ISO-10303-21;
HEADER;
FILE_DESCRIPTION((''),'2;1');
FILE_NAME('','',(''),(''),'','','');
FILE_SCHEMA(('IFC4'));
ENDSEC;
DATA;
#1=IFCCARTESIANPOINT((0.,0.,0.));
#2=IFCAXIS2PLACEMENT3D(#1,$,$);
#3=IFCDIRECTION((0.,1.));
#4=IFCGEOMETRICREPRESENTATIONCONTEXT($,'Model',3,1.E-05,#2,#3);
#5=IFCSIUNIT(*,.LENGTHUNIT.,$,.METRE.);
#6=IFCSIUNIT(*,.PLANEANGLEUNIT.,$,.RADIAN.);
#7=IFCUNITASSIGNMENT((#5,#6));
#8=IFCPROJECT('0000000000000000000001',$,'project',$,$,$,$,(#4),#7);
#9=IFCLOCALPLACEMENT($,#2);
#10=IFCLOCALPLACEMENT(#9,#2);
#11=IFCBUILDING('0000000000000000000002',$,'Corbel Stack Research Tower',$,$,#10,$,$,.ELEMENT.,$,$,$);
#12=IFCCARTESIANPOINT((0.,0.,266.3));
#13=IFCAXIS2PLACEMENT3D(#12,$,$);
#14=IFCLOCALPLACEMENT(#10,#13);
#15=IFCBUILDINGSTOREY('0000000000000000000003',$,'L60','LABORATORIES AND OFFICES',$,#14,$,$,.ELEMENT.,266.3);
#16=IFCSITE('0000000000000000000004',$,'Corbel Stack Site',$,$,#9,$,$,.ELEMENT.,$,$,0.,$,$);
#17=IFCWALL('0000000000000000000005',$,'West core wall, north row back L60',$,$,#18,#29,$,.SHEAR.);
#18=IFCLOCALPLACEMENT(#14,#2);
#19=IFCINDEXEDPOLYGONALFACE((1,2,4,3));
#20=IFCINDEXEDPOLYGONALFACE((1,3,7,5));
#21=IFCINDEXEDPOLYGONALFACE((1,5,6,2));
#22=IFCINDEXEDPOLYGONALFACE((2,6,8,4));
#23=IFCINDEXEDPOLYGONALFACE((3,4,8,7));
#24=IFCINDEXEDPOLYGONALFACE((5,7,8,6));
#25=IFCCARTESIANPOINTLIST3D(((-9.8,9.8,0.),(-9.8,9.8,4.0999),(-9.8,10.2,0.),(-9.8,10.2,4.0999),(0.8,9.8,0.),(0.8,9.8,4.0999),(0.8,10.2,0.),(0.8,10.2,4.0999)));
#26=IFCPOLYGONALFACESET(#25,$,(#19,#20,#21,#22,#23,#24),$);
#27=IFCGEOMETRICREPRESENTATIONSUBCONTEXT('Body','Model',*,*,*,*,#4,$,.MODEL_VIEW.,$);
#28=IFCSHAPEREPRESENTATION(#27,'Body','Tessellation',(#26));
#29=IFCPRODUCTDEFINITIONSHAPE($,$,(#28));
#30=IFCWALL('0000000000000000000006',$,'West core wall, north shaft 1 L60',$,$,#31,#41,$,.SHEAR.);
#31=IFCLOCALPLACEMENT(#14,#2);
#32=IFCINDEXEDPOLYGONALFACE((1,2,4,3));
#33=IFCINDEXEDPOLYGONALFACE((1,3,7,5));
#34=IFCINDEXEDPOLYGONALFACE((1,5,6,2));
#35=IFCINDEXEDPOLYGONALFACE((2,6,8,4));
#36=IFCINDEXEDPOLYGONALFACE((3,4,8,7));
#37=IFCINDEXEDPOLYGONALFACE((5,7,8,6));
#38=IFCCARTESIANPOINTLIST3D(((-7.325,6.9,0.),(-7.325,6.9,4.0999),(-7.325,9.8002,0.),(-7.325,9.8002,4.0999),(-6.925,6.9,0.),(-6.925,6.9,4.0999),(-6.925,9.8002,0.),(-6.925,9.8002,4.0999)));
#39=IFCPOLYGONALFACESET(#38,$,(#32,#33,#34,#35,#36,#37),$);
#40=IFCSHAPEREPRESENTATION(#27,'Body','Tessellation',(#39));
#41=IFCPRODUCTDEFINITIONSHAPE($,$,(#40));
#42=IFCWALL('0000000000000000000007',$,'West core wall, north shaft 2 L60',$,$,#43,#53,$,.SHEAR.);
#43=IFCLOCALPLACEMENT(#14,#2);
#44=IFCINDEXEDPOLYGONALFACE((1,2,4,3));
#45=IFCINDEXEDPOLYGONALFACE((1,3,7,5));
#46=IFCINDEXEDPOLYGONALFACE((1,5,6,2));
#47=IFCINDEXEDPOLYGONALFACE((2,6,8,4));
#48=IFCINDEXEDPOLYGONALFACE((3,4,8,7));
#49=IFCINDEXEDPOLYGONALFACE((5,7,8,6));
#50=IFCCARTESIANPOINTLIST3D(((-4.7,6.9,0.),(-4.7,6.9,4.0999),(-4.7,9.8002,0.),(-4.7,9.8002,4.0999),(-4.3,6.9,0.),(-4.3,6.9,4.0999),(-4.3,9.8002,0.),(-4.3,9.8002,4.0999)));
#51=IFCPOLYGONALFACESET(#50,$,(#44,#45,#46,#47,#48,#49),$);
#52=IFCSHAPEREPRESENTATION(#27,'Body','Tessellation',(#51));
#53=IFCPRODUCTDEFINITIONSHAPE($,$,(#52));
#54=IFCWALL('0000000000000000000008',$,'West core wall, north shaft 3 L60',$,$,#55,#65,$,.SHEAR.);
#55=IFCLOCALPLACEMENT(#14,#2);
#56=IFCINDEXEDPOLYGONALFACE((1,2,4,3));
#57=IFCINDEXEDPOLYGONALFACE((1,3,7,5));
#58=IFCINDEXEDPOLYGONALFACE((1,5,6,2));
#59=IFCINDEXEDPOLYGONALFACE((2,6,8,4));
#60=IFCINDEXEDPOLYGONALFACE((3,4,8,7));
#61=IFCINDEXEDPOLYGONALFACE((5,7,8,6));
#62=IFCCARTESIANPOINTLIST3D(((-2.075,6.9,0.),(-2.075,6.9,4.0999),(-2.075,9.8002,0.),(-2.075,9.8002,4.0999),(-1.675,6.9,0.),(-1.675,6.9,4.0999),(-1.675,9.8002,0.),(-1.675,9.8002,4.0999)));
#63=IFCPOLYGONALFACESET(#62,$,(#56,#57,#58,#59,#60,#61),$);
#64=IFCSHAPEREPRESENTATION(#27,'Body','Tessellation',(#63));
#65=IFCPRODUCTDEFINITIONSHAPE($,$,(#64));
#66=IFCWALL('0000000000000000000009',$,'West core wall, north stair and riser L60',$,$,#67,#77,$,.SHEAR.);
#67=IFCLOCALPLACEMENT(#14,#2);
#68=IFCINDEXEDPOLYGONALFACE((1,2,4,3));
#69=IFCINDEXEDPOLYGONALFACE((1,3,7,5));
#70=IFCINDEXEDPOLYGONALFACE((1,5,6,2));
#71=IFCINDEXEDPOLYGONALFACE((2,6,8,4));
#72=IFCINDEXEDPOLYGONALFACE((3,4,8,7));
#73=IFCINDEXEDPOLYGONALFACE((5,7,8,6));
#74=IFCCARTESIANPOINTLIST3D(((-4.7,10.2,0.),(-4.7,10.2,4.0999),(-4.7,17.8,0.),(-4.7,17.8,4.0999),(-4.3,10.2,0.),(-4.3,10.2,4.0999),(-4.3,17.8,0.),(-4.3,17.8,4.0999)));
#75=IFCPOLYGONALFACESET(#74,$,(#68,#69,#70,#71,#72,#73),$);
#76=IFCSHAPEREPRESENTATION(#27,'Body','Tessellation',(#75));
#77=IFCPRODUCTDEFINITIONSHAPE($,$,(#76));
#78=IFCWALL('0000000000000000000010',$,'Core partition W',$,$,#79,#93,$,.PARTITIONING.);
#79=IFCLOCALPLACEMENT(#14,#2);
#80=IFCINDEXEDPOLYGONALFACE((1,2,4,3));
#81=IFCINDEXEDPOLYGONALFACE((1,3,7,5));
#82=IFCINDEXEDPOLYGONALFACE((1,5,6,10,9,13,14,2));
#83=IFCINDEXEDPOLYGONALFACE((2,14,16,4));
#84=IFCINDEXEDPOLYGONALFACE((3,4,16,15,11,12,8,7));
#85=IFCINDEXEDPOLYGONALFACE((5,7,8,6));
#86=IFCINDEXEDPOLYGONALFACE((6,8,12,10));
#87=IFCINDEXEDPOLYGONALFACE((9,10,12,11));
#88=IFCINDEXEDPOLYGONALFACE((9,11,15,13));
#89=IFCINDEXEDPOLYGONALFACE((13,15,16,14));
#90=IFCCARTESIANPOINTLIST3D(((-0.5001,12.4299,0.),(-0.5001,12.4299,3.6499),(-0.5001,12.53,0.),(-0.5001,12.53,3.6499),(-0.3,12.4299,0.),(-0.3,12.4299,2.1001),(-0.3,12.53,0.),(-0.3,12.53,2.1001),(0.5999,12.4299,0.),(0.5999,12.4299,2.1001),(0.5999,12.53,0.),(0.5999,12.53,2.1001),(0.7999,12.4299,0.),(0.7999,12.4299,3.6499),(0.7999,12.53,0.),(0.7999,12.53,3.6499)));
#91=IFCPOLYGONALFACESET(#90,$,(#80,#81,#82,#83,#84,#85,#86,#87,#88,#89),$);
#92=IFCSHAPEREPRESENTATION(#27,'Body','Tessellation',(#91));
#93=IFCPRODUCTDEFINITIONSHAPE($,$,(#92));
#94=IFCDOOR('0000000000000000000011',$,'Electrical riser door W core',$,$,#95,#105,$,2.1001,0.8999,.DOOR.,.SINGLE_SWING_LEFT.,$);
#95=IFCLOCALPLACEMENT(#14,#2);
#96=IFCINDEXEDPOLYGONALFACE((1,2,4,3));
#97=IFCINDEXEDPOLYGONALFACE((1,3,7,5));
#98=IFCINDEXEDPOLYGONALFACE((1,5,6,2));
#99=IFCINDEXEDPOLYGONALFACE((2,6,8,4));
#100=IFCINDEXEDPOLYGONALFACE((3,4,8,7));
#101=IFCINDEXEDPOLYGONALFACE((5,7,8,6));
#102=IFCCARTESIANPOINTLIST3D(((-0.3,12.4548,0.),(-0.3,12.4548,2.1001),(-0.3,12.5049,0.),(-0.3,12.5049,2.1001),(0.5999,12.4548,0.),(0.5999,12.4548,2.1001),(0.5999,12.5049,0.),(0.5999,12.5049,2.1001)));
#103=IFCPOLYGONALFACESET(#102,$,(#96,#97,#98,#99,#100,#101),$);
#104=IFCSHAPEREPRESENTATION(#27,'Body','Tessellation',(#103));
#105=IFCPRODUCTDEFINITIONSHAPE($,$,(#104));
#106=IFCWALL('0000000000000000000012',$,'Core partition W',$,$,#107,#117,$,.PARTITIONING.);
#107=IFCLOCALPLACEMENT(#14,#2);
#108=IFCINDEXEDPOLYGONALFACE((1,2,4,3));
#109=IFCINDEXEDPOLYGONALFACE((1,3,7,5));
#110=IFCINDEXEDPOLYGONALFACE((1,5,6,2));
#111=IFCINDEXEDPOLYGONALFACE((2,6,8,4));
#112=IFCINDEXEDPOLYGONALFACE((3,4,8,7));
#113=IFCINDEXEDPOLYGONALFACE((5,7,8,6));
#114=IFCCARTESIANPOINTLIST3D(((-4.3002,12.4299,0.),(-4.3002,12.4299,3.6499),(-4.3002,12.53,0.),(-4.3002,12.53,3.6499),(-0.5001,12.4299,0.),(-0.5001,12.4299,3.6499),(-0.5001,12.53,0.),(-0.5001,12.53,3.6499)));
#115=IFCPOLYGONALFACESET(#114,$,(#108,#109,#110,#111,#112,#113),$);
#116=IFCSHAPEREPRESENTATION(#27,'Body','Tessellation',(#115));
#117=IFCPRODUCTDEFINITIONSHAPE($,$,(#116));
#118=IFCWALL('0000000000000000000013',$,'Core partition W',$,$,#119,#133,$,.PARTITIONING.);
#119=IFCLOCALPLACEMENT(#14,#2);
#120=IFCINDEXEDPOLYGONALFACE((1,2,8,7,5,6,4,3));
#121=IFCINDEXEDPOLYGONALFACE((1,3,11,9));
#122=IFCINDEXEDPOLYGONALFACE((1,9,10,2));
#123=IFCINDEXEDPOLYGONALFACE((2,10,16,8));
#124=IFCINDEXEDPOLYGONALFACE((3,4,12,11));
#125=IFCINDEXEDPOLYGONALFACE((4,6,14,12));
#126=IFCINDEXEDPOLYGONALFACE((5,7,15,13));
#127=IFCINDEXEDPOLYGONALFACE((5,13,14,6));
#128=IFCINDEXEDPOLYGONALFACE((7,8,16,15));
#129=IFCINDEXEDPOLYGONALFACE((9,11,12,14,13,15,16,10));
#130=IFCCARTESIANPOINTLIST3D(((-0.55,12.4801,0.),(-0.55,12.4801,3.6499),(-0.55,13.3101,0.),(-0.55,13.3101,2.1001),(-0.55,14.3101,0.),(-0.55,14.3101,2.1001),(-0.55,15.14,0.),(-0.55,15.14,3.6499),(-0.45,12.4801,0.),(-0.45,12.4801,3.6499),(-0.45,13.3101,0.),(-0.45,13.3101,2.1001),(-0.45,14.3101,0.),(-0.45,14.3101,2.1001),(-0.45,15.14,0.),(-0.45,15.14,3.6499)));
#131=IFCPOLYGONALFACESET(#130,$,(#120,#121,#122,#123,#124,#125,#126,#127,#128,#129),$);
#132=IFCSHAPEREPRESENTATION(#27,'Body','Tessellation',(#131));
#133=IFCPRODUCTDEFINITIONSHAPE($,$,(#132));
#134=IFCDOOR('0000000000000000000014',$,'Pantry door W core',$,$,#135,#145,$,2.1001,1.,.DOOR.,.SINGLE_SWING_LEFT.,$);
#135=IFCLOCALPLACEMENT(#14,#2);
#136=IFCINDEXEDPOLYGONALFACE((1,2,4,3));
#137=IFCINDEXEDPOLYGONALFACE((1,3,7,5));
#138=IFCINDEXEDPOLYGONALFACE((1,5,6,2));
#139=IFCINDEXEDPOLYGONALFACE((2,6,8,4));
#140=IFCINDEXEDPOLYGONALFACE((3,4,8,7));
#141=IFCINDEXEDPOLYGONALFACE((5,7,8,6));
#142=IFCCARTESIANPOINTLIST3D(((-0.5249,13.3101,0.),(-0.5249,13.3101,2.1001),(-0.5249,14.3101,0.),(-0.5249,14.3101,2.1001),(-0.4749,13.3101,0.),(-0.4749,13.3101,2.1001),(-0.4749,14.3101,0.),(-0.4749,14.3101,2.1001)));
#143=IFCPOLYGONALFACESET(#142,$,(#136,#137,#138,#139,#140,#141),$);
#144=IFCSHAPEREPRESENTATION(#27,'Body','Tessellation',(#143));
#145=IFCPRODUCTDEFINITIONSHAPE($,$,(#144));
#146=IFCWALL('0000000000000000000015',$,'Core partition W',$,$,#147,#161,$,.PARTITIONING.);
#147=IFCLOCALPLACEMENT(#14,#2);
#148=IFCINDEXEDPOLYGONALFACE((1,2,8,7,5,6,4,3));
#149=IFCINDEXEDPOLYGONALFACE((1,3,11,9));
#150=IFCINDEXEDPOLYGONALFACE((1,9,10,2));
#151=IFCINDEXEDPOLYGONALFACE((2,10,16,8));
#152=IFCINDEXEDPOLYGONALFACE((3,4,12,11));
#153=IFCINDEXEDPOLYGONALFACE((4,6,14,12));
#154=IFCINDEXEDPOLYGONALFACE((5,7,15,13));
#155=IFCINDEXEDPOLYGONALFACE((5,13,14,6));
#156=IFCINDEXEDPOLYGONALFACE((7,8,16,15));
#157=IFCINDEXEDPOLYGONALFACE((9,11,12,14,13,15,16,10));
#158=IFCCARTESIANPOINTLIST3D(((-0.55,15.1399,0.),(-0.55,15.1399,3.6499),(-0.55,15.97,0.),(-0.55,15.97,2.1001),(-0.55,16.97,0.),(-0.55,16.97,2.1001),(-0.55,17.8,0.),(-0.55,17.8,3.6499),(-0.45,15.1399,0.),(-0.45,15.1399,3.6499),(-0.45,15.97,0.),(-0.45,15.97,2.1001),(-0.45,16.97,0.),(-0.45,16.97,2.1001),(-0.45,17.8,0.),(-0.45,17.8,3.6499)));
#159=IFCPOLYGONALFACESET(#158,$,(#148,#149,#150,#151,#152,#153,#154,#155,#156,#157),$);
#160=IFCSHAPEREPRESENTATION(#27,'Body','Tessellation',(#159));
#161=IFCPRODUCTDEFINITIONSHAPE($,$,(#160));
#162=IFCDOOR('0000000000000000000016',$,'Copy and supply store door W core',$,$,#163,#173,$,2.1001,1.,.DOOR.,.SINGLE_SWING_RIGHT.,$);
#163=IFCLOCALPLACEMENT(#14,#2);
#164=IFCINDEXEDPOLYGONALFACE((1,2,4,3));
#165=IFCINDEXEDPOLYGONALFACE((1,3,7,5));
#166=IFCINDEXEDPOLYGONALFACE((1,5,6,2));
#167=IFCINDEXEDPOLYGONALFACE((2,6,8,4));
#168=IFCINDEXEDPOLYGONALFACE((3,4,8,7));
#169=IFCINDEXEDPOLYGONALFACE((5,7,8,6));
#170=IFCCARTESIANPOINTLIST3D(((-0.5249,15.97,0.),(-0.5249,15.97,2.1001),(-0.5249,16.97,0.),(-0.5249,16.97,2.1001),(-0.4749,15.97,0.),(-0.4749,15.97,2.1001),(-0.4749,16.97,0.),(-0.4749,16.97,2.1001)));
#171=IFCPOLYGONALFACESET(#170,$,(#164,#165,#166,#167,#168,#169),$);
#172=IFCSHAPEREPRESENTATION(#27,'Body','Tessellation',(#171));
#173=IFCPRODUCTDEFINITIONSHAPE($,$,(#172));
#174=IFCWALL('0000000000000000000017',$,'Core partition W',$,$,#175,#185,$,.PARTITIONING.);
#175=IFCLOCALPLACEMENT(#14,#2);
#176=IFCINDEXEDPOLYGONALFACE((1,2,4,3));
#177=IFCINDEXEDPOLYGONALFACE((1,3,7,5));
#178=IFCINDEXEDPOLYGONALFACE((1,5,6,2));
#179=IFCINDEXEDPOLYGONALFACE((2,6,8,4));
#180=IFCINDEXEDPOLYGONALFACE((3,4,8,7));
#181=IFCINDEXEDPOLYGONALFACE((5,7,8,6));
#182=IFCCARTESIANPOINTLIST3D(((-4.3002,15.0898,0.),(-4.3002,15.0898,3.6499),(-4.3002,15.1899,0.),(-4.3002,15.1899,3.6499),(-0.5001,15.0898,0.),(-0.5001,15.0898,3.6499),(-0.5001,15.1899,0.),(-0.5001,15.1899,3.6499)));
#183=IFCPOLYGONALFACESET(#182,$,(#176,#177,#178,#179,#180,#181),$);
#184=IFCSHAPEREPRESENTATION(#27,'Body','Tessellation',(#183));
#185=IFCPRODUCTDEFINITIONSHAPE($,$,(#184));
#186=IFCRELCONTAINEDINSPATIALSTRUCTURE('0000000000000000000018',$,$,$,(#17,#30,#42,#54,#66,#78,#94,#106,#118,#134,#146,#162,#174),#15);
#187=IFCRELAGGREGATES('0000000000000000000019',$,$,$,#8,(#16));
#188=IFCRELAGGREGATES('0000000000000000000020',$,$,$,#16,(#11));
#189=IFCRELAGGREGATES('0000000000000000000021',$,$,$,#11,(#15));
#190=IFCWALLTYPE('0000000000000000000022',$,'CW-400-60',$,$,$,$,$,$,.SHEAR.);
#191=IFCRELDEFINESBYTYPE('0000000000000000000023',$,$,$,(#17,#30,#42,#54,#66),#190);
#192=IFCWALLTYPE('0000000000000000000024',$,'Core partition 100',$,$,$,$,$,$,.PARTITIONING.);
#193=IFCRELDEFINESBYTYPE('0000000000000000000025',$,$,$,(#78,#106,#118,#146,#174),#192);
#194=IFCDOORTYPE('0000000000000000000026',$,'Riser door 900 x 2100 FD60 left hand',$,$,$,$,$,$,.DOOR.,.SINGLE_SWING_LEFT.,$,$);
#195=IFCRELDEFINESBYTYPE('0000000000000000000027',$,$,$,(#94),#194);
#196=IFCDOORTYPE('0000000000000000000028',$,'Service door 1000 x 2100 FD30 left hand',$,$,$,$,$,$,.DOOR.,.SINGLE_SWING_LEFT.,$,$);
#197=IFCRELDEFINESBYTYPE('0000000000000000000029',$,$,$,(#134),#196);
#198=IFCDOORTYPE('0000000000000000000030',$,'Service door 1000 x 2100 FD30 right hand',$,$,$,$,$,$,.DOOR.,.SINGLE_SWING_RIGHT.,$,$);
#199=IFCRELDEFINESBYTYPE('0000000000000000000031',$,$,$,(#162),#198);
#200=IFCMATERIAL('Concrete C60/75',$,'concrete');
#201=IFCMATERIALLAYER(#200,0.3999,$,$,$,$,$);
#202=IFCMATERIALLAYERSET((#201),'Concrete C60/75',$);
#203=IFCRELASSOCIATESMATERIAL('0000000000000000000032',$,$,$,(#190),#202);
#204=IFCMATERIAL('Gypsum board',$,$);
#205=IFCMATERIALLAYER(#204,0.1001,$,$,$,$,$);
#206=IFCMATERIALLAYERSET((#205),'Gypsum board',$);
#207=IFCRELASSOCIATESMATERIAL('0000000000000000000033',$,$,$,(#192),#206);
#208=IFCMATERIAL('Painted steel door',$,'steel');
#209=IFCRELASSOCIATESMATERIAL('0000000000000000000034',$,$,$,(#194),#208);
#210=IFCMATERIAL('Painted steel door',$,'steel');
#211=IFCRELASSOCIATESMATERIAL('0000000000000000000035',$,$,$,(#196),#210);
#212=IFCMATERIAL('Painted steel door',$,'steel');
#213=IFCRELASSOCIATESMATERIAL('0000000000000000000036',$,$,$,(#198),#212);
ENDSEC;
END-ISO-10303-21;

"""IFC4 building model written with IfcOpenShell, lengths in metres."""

from ifc_helpers import new_model, si_unit, direction, frame, frame_2d, origin, place, context, subcontext, project, spatial, rectangle, extrude, material, layer, layer_set, type_object, element, fill, save


model = new_model("IFC4")

# Units and contexts
model_context = context("Model", 3, precision=1e-05, world=origin(), true_north=direction((0.0, 1.0)))
body_context = subcontext(model_context, "Body", "Model", "MODEL_VIEW")
ifc_project = project(units=[si_unit("LENGTHUNIT", "METRE"), si_unit("PLANEANGLEUNIT", "RADIAN")], contexts=[model_context])

# Site, building, storey
site_placement = place(None, origin())
site = spatial("IfcSite", under=ifc_project, at=site_placement, Name="Corbel Stack Site", CompositionType="ELEMENT", RefElevation=0.0)
building_placement = place(site_placement, origin())
building = spatial("IfcBuilding", under=site, at=building_placement, Name="Corbel Stack Research Tower", CompositionType="ELEMENT")
storey_placement = place(building_placement, frame((0.0, 0.0, 266.3)))
storey = spatial("IfcBuildingStorey", under=building, at=storey_placement, Name="L60", Description="LABORATORIES AND OFFICES", CompositionType="ELEMENT", Elevation=266.3)

# Walls
ifc_material_1 = material(Name="Concrete C60/75", Category="concrete")
ifc_layer_1 = layer(ifc_material_1, 0.3999)
ifc_layer_set_1 = layer_set([ifc_layer_1], Name="Concrete C60/75")
wall_type_1 = type_object("IfcWallType", Name="CW-400-60", PredefinedType="SHEAR", material=ifc_layer_set_1)
wall_1_placement = place(storey_placement, frame((-9.8, 10.0, 0.0), z_axis=(0.0, 0.0, 1.0), x_axis=(1.0, 0.0, 0.0)))
element("IfcWall", 1, at=wall_1_placement, inside=storey, type_object=wall_type_1, Name="West core wall, north row back L60", PredefinedType="SHEAR", context=body_context, shape_type="SweptSolid", body=[
    extrude(rectangle(XDim=10.6001, YDim=0.3999, at=frame_2d((5.3, 0.0))), origin(), (0.0, 0.0, 1.0), 4.0999),
])
for number, where, z_axis, x_axis, name in (
    (2, (-7.125, 6.8999, 0.0), (0.0, 0.0, 1.0), (0.0, 1.0, 0.0), "West core wall, north shaft 1 L60"),
    (3, (-4.5, 6.8999, 0.0), (0.0, 0.0, 1.0), (0.0, 1.0, 0.0), "West core wall, north shaft 2 L60"),
    (4, (-1.875, 6.8999, 0.0), (0.0, 0.0, 1.0), (0.0, 1.0, 0.0), "West core wall, north shaft 3 L60"),
):
    element("IfcWall", number, at=place(storey_placement, frame(where, z_axis=z_axis, x_axis=x_axis)), inside=storey, type_object=wall_type_1, Name=name, PredefinedType="SHEAR", context=body_context, shape_type="SweptSolid", body=[
        extrude(rectangle(XDim=2.9001, YDim=0.3999, at=frame_2d((1.4502, 0.0))), origin(), (0.0, 0.0, 1.0), 4.0999),
    ])
wall_2_placement = place(storey_placement, frame((-4.5, 10.2, 0.0), z_axis=(0.0, 0.0, 1.0), x_axis=(0.0, 1.0, 0.0)))
element("IfcWall", 5, at=wall_2_placement, inside=storey, type_object=wall_type_1, Name="West core wall, north stair and riser L60", PredefinedType="SHEAR", context=body_context, shape_type="SweptSolid", body=[
    extrude(rectangle(XDim=7.6001, YDim=0.3999, at=frame_2d((3.8, 0.0))), origin(), (0.0, 0.0, 1.0), 4.0999),
])

# Wall, opening, door
ifc_material_2 = material(Name="Gypsum board")
ifc_layer_2 = layer(ifc_material_2, 0.1001)
ifc_layer_set_2 = layer_set([ifc_layer_2], Name="Gypsum board")
wall_type_2 = type_object("IfcWallType", Name="Core partition 100", PredefinedType="PARTITIONING", material=ifc_layer_set_2)
wall_3_placement = place(storey_placement, frame((-0.5, 12.48, 0.0), z_axis=(0.0, 0.0, 1.0), x_axis=(1.0, 0.0, 0.0)))
wall_3 = element("IfcWall", 6, at=wall_3_placement, inside=storey, type_object=wall_type_2, Name="Core partition W", PredefinedType="PARTITIONING", context=body_context, shape_type="SweptSolid", body=[
    extrude(rectangle(XDim=1.3, YDim=0.1001, at=frame_2d((0.6499, 0.0))), origin(), (0.0, 0.0, 1.0), 3.6499),
])
opening_1_placement = place(wall_3_placement, frame((0.2, 0.0, 0.0)))
opening_1 = element("IfcOpeningElement", 7, at=opening_1_placement, cuts=wall_3, PredefinedType="OPENING", context=body_context, shape_type="SweptSolid", body=[
    extrude(rectangle(XDim=0.8999, YDim=2.1001, at=frame_2d((0.45, 1.05))), frame((0.0, 0.0601, 0.0), z_axis=(0.0, -1.0, 0.0), x_axis=(1.0, 0.0, 0.0)), (0.0, 0.0, 1.0), 0.1201),
])
ifc_material_3 = material(Name="Painted steel door", Category="steel")
door_type_1 = type_object("IfcDoorType", Name="Riser door 900 x 2100 FD60 left hand", OperationType="SINGLE_SWING_LEFT", PredefinedType="DOOR", material=ifc_material_3)
door_1_placement = place(opening_1_placement, origin())
door_1 = element("IfcDoor", 8, at=door_1_placement, inside=storey, type_object=door_type_1, Name="Electrical riser door W core", OperationType="SINGLE_SWING_LEFT", OverallHeight=2.1001, OverallWidth=0.8999, PredefinedType="DOOR", context=body_context, shape_type="SweptSolid", body=[
    extrude(rectangle(XDim=0.8999, YDim=2.1001, at=frame_2d((0.45, 1.05))), frame((0.0, 0.0249, 0.0), z_axis=(0.0, -1.0, 0.0), x_axis=(1.0, 0.0, 0.0)), (0.0, 0.0, 1.0), 0.05),
])
fill(opening_1, door_1)

# Wall
wall_4_placement = place(storey_placement, frame((-4.3, 12.48, 0.0), z_axis=(0.0, 0.0, 1.0), x_axis=(1.0, 0.0, 0.0)))
element("IfcWall", 9, at=wall_4_placement, inside=storey, type_object=wall_type_2, Name="Core partition W", PredefinedType="PARTITIONING", context=body_context, shape_type="SweptSolid", body=[
    extrude(rectangle(XDim=3.8, YDim=0.1001, at=frame_2d((1.8999, 0.0))), origin(), (0.0, 0.0, 1.0), 3.6499),
])

# Walls, openings, doors
wall_5_placement = place(storey_placement, frame((-0.5, 12.48, 0.0), z_axis=(0.0, 0.0, 1.0), x_axis=(0.0, 1.0, 0.0)))
wall_5 = element("IfcWall", 10, at=wall_5_placement, inside=storey, type_object=wall_type_2, Name="Core partition W", PredefinedType="PARTITIONING", context=body_context, shape_type="SweptSolid", body=[
    extrude(rectangle(XDim=2.6599, YDim=0.1001, at=frame_2d((1.3301, 0.0))), origin(), (0.0, 0.0, 1.0), 3.6499),
])
opening_2_placement = place(wall_5_placement, frame((0.8301, 0.0, 0.0)))
opening_2 = element("IfcOpeningElement", 11, at=opening_2_placement, cuts=wall_5, PredefinedType="OPENING", context=body_context, shape_type="SweptSolid", body=[
    extrude(rectangle(XDim=1.0, YDim=2.1001, at=frame_2d((0.5, 1.05))), frame((0.0, 0.0601, 0.0), z_axis=(0.0, -1.0, 0.0), x_axis=(1.0, 0.0, 0.0)), (0.0, 0.0, 1.0), 0.1201),
])
ifc_material_4 = material(Name="Painted steel door", Category="steel")
door_type_2 = type_object("IfcDoorType", Name="Service door 1000 x 2100 FD30 left hand", OperationType="SINGLE_SWING_LEFT", PredefinedType="DOOR", material=ifc_material_4)
door_2_placement = place(opening_2_placement, origin())
door_2 = element("IfcDoor", 12, at=door_2_placement, inside=storey, type_object=door_type_2, Name="Pantry door W core", OperationType="SINGLE_SWING_LEFT", OverallHeight=2.1001, OverallWidth=1.0, PredefinedType="DOOR", context=body_context, shape_type="SweptSolid", body=[
    extrude(rectangle(XDim=1.0, YDim=2.1001, at=frame_2d((0.5, 1.05))), frame((0.0, 0.0249, 0.0), z_axis=(0.0, -1.0, 0.0), x_axis=(1.0, 0.0, 0.0)), (0.0, 0.0, 1.0), 0.05),
])
fill(opening_2, door_2)
wall_6_placement = place(storey_placement, frame((-0.5, 15.1399, 0.0), z_axis=(0.0, 0.0, 1.0), x_axis=(0.0, 1.0, 0.0)))
wall_6 = element("IfcWall", 13, at=wall_6_placement, inside=storey, type_object=wall_type_2, Name="Core partition W", PredefinedType="PARTITIONING", context=body_context, shape_type="SweptSolid", body=[
    extrude(rectangle(XDim=2.6602, YDim=0.1001, at=frame_2d((1.3301, 0.0))), origin(), (0.0, 0.0, 1.0), 3.6499),
])
opening_3_placement = place(wall_6_placement, frame((0.8301, 0.0, 0.0)))
opening_3 = element("IfcOpeningElement", 14, at=opening_3_placement, cuts=wall_6, PredefinedType="OPENING", context=body_context, shape_type="SweptSolid", body=[
    extrude(rectangle(XDim=1.0, YDim=2.1001, at=frame_2d((0.5, 1.05))), frame((0.0, 0.0601, 0.0), z_axis=(0.0, -1.0, 0.0), x_axis=(1.0, 0.0, 0.0)), (0.0, 0.0, 1.0), 0.1201),
])
ifc_material_5 = material(Name="Painted steel door", Category="steel")
door_type_3 = type_object("IfcDoorType", Name="Service door 1000 x 2100 FD30 right hand", OperationType="SINGLE_SWING_RIGHT", PredefinedType="DOOR", material=ifc_material_5)
door_3_placement = place(opening_3_placement, origin())
door_3 = element("IfcDoor", 15, at=door_3_placement, inside=storey, type_object=door_type_3, Name="Copy and supply store door W core", OperationType="SINGLE_SWING_RIGHT", OverallHeight=2.1001, OverallWidth=1.0, PredefinedType="DOOR", context=body_context, shape_type="SweptSolid", body=[
    extrude(rectangle(XDim=1.0, YDim=2.1001, at=frame_2d((0.5, 1.05))), frame((0.0, 0.0249, 0.0), z_axis=(0.0, -1.0, 0.0), x_axis=(1.0, 0.0, 0.0)), (0.0, 0.0, 1.0), 0.05),
])
fill(opening_3, door_3)

# Wall
wall_7_placement = place(storey_placement, frame((-4.3, 15.1399, 0.0), z_axis=(0.0, 0.0, 1.0), x_axis=(1.0, 0.0, 0.0)))
element("IfcWall", 16, at=wall_7_placement, inside=storey, type_object=wall_type_2, Name="Core partition W", PredefinedType="PARTITIONING", context=body_context, shape_type="SweptSolid", body=[
    extrude(rectangle(XDim=3.8, YDim=0.1001, at=frame_2d((1.8999, 0.0))), origin(), (0.0, 0.0, 1.0), 3.6499),
])

save(model, "model.ifc")
